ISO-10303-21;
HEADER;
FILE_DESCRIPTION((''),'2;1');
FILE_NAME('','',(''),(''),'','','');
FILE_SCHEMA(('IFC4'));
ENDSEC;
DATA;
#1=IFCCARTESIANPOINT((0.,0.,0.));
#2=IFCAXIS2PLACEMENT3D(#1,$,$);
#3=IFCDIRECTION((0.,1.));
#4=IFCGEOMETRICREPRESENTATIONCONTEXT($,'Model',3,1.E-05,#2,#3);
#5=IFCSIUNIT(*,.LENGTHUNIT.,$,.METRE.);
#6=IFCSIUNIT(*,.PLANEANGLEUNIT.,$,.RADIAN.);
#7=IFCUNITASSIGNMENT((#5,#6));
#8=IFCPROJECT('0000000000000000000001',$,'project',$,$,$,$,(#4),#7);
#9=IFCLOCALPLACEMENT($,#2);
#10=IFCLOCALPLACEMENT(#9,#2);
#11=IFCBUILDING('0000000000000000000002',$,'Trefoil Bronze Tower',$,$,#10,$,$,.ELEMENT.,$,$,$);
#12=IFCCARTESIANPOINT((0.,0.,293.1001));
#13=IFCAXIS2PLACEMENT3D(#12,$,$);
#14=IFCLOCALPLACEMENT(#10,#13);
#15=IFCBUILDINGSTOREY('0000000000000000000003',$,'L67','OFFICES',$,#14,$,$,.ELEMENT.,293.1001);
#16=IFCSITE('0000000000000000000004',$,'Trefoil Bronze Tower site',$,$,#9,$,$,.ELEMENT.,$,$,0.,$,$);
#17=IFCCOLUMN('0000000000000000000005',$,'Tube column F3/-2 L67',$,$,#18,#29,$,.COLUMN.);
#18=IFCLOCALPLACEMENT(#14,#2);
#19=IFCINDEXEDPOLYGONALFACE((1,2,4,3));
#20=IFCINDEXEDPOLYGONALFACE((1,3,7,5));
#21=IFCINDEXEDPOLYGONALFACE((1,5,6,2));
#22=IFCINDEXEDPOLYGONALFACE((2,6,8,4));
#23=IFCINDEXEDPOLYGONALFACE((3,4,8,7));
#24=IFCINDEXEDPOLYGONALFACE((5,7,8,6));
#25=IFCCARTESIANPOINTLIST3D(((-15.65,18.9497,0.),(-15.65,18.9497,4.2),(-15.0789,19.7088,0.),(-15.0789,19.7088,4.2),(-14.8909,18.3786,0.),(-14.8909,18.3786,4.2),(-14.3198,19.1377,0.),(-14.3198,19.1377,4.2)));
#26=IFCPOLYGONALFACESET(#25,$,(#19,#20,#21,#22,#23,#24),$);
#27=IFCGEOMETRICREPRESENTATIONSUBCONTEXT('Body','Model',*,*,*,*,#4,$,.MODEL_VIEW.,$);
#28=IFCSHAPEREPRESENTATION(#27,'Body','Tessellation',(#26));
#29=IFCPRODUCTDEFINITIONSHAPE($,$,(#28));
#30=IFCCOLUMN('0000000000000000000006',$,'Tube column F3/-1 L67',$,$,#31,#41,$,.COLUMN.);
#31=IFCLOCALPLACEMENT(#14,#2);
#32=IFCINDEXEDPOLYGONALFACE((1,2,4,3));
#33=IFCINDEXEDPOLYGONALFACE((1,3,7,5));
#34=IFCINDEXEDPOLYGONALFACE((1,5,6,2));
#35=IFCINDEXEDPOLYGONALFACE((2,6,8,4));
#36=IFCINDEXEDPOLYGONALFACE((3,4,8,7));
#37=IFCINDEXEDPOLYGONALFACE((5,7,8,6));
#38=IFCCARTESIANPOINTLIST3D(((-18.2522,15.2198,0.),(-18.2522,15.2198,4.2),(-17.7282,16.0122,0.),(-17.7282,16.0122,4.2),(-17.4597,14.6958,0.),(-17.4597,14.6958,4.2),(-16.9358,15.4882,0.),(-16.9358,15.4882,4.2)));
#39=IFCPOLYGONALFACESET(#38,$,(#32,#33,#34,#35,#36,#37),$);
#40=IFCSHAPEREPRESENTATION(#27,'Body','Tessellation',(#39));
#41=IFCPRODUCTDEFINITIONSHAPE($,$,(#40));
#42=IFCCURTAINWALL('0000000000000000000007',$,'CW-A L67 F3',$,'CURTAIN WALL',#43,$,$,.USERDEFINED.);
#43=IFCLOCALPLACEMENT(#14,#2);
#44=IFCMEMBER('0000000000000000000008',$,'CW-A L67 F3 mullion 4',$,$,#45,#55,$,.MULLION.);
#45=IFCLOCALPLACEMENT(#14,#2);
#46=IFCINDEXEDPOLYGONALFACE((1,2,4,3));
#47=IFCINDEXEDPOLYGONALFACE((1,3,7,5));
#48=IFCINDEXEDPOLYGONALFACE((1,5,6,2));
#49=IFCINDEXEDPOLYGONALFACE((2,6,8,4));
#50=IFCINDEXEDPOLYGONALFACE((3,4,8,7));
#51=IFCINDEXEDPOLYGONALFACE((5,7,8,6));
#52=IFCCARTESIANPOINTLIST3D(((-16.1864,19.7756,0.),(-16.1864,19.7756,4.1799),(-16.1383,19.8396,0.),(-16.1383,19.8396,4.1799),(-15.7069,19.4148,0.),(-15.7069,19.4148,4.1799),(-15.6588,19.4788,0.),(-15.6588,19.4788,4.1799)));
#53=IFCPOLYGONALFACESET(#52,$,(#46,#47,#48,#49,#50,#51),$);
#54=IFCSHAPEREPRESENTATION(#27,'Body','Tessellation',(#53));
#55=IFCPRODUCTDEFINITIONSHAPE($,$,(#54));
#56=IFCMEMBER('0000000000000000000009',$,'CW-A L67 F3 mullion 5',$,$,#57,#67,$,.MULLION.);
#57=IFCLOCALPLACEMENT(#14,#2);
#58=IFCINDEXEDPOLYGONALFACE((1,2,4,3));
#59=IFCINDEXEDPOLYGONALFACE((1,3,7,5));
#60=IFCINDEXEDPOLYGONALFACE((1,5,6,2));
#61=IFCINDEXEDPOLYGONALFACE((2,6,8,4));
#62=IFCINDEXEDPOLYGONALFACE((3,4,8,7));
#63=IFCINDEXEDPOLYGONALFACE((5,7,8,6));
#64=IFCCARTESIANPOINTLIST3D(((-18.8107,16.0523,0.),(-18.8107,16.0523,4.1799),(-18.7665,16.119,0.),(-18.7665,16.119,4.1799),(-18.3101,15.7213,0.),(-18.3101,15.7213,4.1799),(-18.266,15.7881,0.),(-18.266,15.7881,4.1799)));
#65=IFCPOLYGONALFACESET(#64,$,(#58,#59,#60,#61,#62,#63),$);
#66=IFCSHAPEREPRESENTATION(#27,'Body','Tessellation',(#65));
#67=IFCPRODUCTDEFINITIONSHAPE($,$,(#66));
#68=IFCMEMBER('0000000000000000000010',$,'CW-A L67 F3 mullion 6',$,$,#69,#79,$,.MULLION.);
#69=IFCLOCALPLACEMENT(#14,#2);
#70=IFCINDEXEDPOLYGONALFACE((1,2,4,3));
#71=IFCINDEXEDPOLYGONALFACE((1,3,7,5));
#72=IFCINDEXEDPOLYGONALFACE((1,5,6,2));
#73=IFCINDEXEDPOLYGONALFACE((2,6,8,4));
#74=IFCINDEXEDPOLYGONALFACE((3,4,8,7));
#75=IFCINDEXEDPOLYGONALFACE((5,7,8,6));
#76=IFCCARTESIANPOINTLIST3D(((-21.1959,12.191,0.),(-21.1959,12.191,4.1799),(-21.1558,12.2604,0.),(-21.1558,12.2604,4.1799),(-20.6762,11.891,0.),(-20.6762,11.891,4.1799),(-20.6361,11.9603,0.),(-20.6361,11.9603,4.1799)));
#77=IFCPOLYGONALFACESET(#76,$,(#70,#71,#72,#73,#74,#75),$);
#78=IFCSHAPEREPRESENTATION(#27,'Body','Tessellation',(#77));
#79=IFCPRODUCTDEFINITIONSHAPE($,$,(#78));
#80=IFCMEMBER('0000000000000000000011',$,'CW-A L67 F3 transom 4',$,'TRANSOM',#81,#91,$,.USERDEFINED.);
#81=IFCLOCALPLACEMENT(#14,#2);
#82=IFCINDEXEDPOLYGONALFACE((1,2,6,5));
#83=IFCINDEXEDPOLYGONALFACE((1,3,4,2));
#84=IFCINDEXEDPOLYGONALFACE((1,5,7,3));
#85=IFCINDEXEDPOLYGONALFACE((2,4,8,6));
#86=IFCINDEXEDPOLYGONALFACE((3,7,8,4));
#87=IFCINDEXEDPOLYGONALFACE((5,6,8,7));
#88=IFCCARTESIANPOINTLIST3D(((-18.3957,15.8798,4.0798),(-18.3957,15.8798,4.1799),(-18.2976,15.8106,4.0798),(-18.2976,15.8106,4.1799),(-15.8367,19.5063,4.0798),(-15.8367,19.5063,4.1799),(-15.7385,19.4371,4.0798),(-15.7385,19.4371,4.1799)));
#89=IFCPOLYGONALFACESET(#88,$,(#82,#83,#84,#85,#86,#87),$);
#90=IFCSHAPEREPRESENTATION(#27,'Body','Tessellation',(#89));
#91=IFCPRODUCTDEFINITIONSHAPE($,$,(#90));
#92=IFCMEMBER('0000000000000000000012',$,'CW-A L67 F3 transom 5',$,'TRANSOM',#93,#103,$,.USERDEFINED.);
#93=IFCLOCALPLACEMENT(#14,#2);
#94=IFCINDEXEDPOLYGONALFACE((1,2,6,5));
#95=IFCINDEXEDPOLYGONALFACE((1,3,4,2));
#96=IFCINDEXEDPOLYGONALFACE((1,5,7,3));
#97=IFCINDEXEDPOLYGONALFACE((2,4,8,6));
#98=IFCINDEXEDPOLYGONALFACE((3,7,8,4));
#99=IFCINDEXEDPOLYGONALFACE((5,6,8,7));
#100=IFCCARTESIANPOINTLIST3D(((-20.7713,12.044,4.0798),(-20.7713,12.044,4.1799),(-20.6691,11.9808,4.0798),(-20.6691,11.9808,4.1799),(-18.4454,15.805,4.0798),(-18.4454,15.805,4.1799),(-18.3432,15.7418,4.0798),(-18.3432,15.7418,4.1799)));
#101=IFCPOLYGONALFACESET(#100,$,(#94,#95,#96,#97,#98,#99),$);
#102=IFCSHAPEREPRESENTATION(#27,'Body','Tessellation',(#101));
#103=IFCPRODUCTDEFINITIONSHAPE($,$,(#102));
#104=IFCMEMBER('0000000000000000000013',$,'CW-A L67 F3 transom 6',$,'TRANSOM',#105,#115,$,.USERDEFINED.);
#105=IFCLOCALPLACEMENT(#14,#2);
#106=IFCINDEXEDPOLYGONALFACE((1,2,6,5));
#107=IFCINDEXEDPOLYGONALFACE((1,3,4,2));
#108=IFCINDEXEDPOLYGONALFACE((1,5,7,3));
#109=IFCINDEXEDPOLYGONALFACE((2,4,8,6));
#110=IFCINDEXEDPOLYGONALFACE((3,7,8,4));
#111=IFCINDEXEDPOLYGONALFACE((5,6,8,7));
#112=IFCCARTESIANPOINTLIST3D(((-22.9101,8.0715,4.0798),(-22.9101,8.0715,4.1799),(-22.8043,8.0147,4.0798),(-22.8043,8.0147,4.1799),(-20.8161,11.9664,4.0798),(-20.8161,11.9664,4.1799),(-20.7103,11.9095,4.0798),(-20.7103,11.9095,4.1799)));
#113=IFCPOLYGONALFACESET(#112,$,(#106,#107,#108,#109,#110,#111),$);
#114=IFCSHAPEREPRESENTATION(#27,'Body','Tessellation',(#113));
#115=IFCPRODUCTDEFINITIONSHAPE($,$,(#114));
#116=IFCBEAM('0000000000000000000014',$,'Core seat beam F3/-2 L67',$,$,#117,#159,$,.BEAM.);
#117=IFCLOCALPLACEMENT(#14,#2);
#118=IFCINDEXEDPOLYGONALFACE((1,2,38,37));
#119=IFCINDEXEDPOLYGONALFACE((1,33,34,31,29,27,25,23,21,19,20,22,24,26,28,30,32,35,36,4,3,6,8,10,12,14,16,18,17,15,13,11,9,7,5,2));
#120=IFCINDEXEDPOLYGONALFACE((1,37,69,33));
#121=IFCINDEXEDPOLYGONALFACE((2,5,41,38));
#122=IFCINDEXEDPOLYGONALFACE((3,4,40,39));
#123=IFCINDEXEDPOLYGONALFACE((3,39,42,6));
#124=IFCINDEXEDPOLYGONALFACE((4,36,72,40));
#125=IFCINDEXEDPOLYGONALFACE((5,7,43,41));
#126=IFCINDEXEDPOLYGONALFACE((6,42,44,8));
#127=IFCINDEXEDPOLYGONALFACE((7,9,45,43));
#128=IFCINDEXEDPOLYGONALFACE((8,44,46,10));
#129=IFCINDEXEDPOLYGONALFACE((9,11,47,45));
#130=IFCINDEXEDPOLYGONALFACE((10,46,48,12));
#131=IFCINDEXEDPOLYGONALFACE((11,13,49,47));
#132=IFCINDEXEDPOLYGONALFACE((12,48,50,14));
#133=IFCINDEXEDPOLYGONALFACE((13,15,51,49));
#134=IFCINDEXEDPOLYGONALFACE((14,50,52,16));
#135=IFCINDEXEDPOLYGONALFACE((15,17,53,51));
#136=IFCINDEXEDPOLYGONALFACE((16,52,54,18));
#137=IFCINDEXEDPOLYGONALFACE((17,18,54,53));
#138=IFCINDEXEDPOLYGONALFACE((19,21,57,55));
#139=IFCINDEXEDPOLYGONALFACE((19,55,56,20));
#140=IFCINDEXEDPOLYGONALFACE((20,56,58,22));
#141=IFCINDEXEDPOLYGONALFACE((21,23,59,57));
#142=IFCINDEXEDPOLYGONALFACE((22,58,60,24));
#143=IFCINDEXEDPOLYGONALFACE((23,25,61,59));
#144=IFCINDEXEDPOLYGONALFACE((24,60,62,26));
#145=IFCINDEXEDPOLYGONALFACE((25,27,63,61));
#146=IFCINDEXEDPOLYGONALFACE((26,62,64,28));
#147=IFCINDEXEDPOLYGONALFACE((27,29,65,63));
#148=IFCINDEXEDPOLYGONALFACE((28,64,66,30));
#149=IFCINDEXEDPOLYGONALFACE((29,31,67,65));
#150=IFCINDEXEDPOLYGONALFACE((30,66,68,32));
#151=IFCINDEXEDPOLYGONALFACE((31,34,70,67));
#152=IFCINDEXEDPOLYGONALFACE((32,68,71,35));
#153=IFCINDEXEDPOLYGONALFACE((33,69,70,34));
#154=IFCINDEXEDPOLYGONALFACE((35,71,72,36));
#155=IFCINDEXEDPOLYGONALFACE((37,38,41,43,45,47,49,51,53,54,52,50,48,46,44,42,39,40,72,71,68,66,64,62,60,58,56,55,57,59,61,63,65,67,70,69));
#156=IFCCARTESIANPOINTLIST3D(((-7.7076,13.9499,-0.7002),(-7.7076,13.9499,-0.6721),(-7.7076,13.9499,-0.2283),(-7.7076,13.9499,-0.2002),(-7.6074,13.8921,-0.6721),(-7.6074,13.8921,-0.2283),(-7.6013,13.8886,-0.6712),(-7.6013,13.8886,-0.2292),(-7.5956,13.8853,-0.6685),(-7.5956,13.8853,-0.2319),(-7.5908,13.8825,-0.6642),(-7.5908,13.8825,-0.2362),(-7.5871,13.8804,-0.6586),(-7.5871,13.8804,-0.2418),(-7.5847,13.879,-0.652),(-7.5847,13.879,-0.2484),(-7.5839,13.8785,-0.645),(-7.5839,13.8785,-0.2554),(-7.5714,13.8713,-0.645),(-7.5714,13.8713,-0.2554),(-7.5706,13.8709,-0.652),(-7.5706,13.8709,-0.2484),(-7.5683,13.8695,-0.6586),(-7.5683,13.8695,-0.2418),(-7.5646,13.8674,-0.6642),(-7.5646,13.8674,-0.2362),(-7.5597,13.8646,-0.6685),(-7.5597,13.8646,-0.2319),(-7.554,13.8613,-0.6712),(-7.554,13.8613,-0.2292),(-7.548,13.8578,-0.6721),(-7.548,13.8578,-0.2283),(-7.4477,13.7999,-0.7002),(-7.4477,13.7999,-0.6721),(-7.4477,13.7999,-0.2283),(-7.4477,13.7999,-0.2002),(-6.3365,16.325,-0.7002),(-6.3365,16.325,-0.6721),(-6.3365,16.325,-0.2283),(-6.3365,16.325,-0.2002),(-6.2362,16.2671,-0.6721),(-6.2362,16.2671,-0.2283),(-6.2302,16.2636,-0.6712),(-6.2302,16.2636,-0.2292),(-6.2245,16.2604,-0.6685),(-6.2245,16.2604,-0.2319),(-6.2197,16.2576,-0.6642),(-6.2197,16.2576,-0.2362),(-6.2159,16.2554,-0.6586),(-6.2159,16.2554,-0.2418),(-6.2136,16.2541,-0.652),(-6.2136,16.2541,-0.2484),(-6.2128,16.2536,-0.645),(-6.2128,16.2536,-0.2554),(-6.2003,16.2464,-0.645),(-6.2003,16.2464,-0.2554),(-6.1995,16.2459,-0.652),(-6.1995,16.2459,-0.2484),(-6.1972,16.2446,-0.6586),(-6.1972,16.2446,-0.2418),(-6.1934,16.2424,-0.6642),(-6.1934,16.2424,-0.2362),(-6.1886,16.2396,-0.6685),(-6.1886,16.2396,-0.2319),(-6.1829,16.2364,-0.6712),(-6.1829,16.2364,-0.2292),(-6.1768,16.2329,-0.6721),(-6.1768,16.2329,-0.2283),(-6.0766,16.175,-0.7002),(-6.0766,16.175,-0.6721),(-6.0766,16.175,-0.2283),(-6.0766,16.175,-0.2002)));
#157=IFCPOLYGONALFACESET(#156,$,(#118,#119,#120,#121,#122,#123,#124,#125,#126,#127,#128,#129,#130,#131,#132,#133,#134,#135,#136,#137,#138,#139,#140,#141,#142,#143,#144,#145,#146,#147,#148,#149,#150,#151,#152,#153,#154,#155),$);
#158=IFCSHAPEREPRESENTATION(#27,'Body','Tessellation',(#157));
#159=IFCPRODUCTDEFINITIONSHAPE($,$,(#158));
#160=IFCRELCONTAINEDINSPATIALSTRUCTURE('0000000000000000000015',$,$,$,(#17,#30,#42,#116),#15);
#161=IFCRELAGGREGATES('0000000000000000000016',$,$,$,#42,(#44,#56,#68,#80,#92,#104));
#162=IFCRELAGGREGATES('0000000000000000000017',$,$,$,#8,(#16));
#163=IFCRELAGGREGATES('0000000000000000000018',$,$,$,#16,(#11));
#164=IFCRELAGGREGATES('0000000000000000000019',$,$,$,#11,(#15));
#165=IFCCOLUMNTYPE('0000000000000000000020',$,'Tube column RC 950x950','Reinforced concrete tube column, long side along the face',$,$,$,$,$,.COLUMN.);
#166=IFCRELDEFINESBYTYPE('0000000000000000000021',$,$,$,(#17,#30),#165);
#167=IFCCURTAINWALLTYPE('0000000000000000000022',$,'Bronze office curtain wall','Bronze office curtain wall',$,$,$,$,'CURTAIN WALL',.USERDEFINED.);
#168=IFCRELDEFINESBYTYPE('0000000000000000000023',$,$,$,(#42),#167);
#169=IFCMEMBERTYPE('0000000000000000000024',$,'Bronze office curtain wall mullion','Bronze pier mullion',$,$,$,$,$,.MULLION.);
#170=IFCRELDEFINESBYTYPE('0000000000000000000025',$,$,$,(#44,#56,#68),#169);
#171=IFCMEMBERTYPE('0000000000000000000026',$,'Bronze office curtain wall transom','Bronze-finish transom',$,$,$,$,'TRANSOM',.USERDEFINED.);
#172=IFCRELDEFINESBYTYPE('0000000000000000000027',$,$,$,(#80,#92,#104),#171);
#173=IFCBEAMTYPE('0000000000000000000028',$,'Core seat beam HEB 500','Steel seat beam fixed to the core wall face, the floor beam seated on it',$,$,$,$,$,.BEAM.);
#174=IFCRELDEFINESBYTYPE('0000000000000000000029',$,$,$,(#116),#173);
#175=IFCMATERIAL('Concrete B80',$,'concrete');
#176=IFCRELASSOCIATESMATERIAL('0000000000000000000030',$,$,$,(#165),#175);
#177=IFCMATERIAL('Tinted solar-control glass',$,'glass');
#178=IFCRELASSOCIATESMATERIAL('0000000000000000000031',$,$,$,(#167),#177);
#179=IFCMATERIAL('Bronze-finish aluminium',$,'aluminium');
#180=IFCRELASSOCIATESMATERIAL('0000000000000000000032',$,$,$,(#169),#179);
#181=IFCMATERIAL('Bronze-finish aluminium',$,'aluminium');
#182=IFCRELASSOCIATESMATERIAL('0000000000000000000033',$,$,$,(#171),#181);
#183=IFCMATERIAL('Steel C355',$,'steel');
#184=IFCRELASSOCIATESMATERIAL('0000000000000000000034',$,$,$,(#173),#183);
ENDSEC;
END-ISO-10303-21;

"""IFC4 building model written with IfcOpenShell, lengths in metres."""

from ifc_helpers import new_model, si_unit, direction, frame, origin, origin_2d, place, context, subcontext, project, spatial, rectangle, i_section, extrude, material, material_profile, profile_set, type_object, element, aggregate, save


model = new_model("IFC4")

# Units and contexts
model_context = context("Model", 3, precision=1e-05, world=origin(), true_north=direction((0.0, 1.0)))
body_context = subcontext(model_context, "Body", "Model", "MODEL_VIEW")
ifc_project = project(units=[si_unit("LENGTHUNIT", "METRE"), si_unit("PLANEANGLEUNIT", "RADIAN")], contexts=[model_context])

# Site, building, storey
site_placement = place(None, origin())
site = spatial("IfcSite", under=ifc_project, at=site_placement, Name="Trefoil Bronze Tower site", CompositionType="ELEMENT", RefElevation=0.0)
building_placement = place(site_placement, origin())
building = spatial("IfcBuilding", under=site, at=building_placement, Name="Trefoil Bronze Tower", CompositionType="ELEMENT")
storey_placement = place(building_placement, frame((0.0, 0.0, 293.1001)))
storey = spatial("IfcBuildingStorey", under=building, at=storey_placement, Name="L67", Description="OFFICES", CompositionType="ELEMENT", Elevation=293.1001)

# Columns
ifc_material_1 = material(Name="Concrete B80", Category="concrete")
ifc_material_profile_1 = material_profile(ifc_material_1, rectangle(XDim=0.95, YDim=0.95, at=origin_2d()), Name="RC 950x950")
ifc_profile_set_1 = profile_set([ifc_material_profile_1], Name="Concrete B80")
column_type = type_object("IfcColumnType", Name="Tube column RC 950x950", Description="Reinforced concrete tube column, long side along the face", PredefinedType="COLUMN", material=ifc_profile_set_1)
for number, where, z_axis, x_axis, name in (
    (1, (-14.9849, 19.0437, 0.0), (0.0, 0.0, 1.0), (-0.601203, -0.799096, 0.0), "Tube column F3/-2 L67"),
    (2, (-17.594, 15.354, 0.0), (0.0, 0.0, 1.0), (-0.551524, -0.834159, 0.0), "Tube column F3/-1 L67"),
):
    element("IfcColumn", number, at=place(storey_placement, frame(where, z_axis=z_axis, x_axis=x_axis)), inside=storey, type_object=column_type, Name=name, PredefinedType="COLUMN", context=body_context, shape_type="SweptSolid", body=[
        extrude(rectangle(XDim=0.95, YDim=0.95, at=origin_2d()), origin(), (0.0, 0.0, 1.0), 4.2),
    ])

# Curtain wall, members
ifc_material_2 = material(Name="Tinted solar-control glass", Category="glass")
curtain_wall_type = type_object("IfcCurtainWallType", Name="Bronze office curtain wall", Description="Bronze office curtain wall", ElementType="CURTAIN WALL", PredefinedType="USERDEFINED", material=ifc_material_2)
curtain_wall_placement = place(storey_placement, origin())
curtain_wall = element("IfcCurtainWall", 3, at=curtain_wall_placement, inside=storey, type_object=curtain_wall_type, Name="CW-A L67 F3", ObjectType="CURTAIN WALL", PredefinedType="USERDEFINED")
ifc_material_3 = material(Name="Bronze-finish aluminium", Category="aluminium")
ifc_material_profile_2 = material_profile(ifc_material_3, rectangle(XDim=0.6001, YDim=0.0801, at=origin_2d()), Name="CW-A mullion")
ifc_profile_set_2 = profile_set([ifc_material_profile_2], Name="Bronze-finish aluminium")
member_type_1 = type_object("IfcMemberType", Name="Bronze office curtain wall mullion", Description="Bronze pier mullion", PredefinedType="MULLION", material=ifc_profile_set_2)
member_1_placement = place(storey_placement, frame((-15.9226, 19.6272, 0.0), z_axis=(0.0, 0.0, 1.0), x_axis=(0.799096, -0.601203, 0.0)))
member_1 = element("IfcMember", 4, at=member_1_placement, type_object=member_type_1, Name="CW-A L67 F3 mullion 4", PredefinedType="MULLION", context=body_context, shape_type="SweptSolid", body=[
    extrude(rectangle(XDim=0.6001, YDim=0.0801, at=origin_2d()), origin(), (0.0, 0.0, 1.0), 4.1799),
])
member_2_placement = place(storey_placement, frame((-18.5383, 15.9202, 0.0), z_axis=(0.0, 0.0, 1.0), x_axis=(0.834159, -0.551524, 0.0)))
member_2 = element("IfcMember", 5, at=member_2_placement, type_object=member_type_1, Name="CW-A L67 F3 mullion 5", PredefinedType="MULLION", context=body_context, shape_type="SweptSolid", body=[
    extrude(rectangle(XDim=0.6001, YDim=0.0801, at=origin_2d()), origin(), (0.0, 0.0, 1.0), 4.1799),
])
member_3_placement = place(storey_placement, frame((-20.916, 12.0757, 0.0), z_axis=(0.0, 0.0, 1.0), x_axis=(0.866025, -0.5, 0.0)))
member_3 = element("IfcMember", 6, at=member_3_placement, type_object=member_type_1, Name="CW-A L67 F3 mullion 6", PredefinedType="MULLION", context=body_context, shape_type="SweptSolid", body=[
    extrude(rectangle(XDim=0.6001, YDim=0.0801, at=origin_2d()), origin(), (0.0, 0.0, 1.0), 4.1799),
])
ifc_material_4 = material(Name="Bronze-finish aluminium", Category="aluminium")
ifc_material_profile_3 = material_profile(ifc_material_4, rectangle(XDim=0.1201, YDim=0.1001, at=origin_2d()), Name="CW-A transom")
ifc_profile_set_3 = profile_set([ifc_material_profile_3], Name="Bronze-finish aluminium")
member_type_2 = type_object("IfcMemberType", Name="Bronze office curtain wall transom", Description="Bronze-finish transom", ElementType="TRANSOM", PredefinedType="USERDEFINED", material=ifc_profile_set_3)
member_4_placement = place(storey_placement, frame((-15.7876, 19.4717, 4.1299), z_axis=(-0.576567, -0.81705, 0.0), x_axis=(0.81705, -0.576567, 0.0)))
member_4 = element("IfcMember", 7, at=member_4_placement, type_object=member_type_2, Name="CW-A L67 F3 transom 4", ObjectType="TRANSOM", PredefinedType="USERDEFINED", context=body_context, shape_type="SweptSolid", body=[
    extrude(rectangle(XDim=0.1201, YDim=0.1001, at=origin_2d()), origin(), (0.0, 0.0, 1.0), 4.4385),
])
member_5_placement = place(storey_placement, frame((-18.3943, 15.7734, 4.1299), z_axis=(-0.525978, -0.850498, 0.0), x_axis=(0.850498, -0.525978, 0.0)))
member_5 = element("IfcMember", 8, at=member_5_placement, type_object=member_type_2, Name="CW-A L67 F3 transom 5", ObjectType="TRANSOM", PredefinedType="USERDEFINED", context=body_context, shape_type="SweptSolid", body=[
    extrude(rectangle(XDim=0.1201, YDim=0.1001, at=origin_2d()), origin(), (0.0, 0.0, 1.0), 4.4221),
])
member_6_placement = place(storey_placement, frame((-20.7632, 11.938, 4.1299), z_axis=(-0.47354, -0.880772, 0.0), x_axis=(0.880772, -0.47354, 0.0)))
member_6 = element("IfcMember", 9, at=member_6_placement, type_object=member_type_2, Name="CW-A L67 F3 transom 6", ObjectType="TRANSOM", PredefinedType="USERDEFINED", context=body_context, shape_type="SweptSolid", body=[
    extrude(rectangle(XDim=0.1201, YDim=0.1001, at=origin_2d()), origin(), (0.0, 0.0, 1.0), 4.4221),
])

# Beam
ifc_material_5 = material(Name="Steel C355", Category="steel")
ifc_material_profile_4 = material_profile(ifc_material_5, i_section(OverallWidth=0.3, OverallDepth=0.5, WebThickness=0.0144, FlangeThickness=0.0281, FilletRadius=0.0271, at=origin_2d()), Name="HEB 500")
ifc_profile_set_4 = profile_set([ifc_material_profile_4], Name="Steel C355")
beam_type_1 = type_object("IfcBeamType", Name="Core seat beam HEB 500", Description="Steel seat beam fixed to the core wall face, the floor beam seated on it", PredefinedType="BEAM", material=ifc_profile_set_4)
beam_1_placement = place(storey_placement, frame((-6.2065, 16.25, -0.4502), z_axis=(-0.499969, -0.866043, 0.0), x_axis=(0.866043, -0.499969, 0.0)))
element("IfcBeam", 10, at=beam_1_placement, inside=storey, type_object=beam_type_1, Name="Core seat beam F3/-2 L67", PredefinedType="BEAM", context=body_context, shape_type="SweptSolid", body=[
    extrude(i_section(OverallWidth=0.3, OverallDepth=0.5, WebThickness=0.0144, FlangeThickness=0.0281, FilletRadius=0.0271, at=origin_2d()), origin(), (0.0, 0.0, 1.0), 2.7424),
])

aggregate(curtain_wall, [member_1, member_2, member_3, member_4, member_5, member_6])

save(model, "model.ifc")
